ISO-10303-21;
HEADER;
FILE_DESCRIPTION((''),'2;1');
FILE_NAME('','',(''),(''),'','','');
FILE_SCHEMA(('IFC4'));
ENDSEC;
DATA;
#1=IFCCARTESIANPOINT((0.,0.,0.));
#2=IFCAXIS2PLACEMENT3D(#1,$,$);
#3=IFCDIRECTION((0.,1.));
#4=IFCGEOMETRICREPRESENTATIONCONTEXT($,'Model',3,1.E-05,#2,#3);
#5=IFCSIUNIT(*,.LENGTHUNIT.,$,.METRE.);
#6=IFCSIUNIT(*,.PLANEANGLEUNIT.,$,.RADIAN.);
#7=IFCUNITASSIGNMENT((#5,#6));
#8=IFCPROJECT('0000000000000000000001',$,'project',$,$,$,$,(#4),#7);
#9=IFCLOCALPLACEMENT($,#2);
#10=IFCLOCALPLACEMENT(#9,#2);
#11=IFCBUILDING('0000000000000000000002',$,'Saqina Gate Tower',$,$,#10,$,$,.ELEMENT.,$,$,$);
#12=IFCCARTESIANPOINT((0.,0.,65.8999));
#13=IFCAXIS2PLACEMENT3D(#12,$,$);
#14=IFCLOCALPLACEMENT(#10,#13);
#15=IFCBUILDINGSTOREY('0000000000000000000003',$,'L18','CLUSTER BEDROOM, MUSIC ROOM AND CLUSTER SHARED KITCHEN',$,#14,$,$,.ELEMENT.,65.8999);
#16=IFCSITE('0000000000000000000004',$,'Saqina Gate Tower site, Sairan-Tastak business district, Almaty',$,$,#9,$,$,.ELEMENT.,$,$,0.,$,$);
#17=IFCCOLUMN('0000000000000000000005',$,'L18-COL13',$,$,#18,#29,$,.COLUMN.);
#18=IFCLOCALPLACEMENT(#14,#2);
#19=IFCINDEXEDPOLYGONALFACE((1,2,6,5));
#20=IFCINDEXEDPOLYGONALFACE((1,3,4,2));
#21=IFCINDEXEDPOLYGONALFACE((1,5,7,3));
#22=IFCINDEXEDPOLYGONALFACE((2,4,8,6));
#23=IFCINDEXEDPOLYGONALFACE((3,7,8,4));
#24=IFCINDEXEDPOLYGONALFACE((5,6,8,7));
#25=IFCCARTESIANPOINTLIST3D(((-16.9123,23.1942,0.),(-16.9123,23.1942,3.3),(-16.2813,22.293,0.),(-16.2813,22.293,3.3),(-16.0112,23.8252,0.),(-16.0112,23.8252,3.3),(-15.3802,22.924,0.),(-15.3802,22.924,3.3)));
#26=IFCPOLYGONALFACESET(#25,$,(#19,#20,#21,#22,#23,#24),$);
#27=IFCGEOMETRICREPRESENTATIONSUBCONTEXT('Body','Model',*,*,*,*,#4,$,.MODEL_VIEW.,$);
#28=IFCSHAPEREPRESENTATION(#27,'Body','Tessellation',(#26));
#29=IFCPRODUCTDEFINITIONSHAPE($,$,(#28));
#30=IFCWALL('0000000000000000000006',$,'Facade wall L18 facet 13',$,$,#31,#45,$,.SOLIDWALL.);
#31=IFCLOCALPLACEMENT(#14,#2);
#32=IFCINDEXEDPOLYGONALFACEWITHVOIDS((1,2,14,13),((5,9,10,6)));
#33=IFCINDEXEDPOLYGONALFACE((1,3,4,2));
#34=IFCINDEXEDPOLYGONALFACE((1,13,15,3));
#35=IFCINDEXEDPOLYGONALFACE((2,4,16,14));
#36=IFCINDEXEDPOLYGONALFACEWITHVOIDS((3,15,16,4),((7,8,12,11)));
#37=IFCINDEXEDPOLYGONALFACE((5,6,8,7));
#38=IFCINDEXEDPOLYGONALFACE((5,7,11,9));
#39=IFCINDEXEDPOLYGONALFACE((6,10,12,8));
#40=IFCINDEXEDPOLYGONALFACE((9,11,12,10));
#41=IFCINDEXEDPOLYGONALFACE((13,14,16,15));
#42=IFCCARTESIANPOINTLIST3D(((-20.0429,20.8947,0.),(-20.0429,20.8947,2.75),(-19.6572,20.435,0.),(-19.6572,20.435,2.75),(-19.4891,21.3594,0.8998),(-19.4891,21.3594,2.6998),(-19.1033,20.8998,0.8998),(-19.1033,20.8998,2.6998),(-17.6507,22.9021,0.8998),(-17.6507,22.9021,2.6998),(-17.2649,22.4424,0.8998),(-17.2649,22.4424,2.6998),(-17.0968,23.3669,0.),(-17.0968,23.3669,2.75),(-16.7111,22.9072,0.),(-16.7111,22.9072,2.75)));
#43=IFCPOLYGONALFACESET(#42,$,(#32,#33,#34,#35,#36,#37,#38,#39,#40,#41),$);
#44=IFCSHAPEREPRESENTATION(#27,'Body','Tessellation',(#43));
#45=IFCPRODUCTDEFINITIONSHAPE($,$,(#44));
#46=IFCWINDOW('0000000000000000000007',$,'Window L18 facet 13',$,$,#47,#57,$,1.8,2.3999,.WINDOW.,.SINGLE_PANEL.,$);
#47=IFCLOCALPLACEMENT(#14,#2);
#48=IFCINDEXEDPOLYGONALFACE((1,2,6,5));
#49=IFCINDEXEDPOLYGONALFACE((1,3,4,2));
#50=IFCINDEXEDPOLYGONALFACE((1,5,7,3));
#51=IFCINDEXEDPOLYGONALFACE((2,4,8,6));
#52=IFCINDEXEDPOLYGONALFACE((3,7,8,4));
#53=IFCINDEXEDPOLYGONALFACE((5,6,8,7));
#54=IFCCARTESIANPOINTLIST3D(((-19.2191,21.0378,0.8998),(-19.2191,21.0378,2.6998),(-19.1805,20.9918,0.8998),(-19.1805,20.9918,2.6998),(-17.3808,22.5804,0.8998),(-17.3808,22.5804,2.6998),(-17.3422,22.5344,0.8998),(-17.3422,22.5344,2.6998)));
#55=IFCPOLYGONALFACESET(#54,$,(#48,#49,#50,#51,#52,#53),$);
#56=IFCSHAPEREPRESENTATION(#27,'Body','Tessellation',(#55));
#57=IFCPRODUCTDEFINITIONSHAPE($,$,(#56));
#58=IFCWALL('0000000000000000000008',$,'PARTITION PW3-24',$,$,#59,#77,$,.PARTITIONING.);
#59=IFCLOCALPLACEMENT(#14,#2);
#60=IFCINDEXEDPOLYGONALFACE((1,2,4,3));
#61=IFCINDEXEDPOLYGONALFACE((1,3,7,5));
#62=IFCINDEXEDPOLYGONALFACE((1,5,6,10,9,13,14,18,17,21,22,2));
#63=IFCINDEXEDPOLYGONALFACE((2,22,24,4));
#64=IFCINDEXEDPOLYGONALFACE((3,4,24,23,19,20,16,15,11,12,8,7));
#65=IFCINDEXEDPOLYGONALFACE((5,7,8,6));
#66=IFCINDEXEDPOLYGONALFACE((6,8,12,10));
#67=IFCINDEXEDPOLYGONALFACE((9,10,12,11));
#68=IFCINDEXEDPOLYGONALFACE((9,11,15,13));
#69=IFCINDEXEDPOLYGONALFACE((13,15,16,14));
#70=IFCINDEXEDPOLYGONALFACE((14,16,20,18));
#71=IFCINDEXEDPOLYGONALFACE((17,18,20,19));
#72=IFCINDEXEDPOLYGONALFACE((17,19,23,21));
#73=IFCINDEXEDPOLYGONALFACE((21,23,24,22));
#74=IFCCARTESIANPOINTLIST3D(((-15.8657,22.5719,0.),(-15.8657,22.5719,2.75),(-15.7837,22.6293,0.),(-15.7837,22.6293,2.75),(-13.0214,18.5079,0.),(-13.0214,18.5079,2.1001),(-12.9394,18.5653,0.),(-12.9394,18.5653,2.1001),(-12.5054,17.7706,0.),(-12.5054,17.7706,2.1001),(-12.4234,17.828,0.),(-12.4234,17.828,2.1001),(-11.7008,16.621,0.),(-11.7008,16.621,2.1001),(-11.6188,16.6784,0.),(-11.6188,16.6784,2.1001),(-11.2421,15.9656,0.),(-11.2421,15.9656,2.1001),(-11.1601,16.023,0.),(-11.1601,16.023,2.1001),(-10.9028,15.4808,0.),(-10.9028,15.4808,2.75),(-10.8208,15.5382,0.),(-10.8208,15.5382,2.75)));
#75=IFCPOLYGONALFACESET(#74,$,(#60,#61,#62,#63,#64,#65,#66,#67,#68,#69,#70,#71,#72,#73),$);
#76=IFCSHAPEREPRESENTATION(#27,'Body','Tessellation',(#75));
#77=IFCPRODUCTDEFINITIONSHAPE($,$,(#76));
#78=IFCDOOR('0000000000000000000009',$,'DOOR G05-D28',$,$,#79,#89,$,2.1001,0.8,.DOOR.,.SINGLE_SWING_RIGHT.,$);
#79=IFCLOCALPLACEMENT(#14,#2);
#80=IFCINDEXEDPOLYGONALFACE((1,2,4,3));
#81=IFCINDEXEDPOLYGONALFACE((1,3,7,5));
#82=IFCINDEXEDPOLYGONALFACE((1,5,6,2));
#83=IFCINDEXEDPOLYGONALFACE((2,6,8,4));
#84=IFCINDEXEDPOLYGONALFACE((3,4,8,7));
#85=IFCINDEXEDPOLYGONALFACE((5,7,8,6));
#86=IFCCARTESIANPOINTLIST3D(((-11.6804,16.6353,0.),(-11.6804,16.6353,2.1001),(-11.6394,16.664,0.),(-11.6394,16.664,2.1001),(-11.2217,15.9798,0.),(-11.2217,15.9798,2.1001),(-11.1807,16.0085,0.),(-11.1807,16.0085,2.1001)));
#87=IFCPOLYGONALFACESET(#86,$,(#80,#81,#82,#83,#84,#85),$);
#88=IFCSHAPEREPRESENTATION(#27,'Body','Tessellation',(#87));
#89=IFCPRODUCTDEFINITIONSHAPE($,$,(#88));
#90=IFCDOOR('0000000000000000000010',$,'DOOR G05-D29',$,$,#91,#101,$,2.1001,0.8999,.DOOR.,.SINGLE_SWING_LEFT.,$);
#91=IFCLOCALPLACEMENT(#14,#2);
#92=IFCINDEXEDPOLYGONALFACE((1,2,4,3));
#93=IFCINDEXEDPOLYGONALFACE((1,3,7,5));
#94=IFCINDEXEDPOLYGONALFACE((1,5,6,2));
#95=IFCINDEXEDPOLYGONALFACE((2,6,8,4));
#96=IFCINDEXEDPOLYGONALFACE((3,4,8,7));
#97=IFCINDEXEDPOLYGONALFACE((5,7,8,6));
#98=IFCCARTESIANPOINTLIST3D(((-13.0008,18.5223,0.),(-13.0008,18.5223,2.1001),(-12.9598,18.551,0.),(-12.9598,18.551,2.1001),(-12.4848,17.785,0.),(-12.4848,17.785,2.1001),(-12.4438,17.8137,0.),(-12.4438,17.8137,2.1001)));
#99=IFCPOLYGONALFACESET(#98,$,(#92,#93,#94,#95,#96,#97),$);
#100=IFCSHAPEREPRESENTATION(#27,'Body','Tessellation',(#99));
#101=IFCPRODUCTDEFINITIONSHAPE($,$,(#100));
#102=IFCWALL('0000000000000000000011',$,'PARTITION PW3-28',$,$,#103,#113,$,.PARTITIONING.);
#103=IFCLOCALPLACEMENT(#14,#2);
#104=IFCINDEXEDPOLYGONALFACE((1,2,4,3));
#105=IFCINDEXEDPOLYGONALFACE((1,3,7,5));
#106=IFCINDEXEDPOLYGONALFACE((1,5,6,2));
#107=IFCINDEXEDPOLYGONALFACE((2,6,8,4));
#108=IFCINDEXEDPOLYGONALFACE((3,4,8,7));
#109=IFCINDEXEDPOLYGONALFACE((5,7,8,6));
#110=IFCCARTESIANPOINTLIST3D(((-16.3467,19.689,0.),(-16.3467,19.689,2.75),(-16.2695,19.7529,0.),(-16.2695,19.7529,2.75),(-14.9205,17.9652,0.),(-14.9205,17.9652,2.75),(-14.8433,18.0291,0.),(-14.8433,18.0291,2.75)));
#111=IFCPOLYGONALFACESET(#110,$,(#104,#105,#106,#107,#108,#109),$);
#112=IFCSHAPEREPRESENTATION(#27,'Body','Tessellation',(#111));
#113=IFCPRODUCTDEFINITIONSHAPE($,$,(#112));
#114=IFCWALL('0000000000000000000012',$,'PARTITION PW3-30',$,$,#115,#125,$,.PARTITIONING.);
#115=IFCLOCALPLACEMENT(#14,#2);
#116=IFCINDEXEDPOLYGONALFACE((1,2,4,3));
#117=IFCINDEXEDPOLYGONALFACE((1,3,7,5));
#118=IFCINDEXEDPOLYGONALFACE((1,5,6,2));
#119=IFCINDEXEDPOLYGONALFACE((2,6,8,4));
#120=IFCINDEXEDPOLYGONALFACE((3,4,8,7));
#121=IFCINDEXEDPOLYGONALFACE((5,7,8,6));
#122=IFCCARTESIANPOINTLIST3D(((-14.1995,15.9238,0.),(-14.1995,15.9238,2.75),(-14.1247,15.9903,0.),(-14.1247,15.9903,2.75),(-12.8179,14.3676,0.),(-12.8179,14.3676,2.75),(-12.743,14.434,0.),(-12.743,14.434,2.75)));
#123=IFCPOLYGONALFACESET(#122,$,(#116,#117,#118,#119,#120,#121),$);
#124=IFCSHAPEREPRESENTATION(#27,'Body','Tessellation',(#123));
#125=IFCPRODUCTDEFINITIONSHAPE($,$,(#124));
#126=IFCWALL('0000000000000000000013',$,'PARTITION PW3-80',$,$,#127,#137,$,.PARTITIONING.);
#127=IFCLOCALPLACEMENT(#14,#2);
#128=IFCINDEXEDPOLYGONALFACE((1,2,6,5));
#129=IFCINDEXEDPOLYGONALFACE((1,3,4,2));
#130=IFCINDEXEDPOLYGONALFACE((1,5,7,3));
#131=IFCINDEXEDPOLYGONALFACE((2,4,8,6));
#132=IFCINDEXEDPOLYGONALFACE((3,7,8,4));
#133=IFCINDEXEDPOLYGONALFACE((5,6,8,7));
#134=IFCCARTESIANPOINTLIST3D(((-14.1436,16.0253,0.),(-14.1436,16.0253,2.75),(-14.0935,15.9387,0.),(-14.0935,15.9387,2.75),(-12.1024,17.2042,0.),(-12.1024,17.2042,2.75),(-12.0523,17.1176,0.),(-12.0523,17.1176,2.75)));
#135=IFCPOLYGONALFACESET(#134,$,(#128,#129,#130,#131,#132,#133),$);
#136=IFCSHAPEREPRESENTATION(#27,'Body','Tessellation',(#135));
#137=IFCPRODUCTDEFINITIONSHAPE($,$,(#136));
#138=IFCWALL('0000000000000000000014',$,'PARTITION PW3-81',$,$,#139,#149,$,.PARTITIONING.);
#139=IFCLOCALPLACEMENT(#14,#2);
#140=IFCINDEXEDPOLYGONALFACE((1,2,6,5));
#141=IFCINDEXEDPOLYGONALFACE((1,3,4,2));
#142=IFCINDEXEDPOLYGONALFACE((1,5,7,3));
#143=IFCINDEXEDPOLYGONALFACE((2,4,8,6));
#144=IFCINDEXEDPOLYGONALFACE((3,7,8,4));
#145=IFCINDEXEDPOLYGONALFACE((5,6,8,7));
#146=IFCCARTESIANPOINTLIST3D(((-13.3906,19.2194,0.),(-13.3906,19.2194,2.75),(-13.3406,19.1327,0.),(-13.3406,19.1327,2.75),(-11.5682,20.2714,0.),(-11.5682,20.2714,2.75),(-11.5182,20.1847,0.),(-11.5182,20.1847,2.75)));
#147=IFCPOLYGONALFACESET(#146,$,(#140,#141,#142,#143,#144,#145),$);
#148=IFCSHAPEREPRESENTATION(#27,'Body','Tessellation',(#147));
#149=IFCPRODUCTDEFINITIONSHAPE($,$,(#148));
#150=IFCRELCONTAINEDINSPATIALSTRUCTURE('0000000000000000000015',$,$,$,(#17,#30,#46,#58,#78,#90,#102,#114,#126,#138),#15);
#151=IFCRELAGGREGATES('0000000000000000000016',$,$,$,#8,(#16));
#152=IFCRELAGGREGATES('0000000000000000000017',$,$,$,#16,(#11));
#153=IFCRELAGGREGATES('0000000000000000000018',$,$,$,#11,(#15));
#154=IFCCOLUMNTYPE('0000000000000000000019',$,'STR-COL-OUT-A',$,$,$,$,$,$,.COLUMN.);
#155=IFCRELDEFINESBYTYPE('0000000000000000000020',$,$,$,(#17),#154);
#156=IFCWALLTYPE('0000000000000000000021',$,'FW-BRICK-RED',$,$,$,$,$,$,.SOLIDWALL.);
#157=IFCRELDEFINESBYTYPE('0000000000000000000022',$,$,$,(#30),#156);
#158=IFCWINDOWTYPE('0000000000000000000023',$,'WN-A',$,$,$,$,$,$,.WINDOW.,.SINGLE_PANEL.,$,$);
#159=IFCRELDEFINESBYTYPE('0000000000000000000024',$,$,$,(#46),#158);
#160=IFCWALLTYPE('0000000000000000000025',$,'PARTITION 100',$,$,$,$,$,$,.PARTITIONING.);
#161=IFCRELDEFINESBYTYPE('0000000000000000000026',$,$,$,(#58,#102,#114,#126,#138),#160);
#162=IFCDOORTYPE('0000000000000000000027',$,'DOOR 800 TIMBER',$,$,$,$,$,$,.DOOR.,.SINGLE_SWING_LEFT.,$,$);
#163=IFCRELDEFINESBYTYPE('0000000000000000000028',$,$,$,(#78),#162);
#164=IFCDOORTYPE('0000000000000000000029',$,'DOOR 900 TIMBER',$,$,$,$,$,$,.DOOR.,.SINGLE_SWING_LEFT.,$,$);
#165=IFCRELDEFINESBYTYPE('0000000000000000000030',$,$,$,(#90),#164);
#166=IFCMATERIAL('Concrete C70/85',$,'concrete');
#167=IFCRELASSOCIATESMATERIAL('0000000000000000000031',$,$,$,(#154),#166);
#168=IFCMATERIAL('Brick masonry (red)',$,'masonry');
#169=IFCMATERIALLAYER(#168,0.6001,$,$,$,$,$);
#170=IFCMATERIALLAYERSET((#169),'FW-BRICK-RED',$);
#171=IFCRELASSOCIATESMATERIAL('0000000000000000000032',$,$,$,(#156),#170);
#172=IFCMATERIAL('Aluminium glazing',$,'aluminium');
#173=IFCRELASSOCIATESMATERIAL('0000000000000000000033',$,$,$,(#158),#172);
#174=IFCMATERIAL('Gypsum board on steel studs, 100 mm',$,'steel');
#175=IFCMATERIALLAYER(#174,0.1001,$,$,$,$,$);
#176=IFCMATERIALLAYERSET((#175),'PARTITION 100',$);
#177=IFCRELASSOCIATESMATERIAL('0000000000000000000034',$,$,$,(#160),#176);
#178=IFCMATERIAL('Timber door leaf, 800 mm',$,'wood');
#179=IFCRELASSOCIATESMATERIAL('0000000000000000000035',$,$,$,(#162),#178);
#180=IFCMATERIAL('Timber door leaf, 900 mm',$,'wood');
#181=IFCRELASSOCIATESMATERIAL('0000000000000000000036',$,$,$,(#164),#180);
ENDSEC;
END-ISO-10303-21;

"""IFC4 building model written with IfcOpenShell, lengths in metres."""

from ifc_helpers import new_model, si_unit, direction, frame, frame_2d, origin, origin_2d, place, context, subcontext, project, spatial, rectangle, extrude, material, layer, layer_set, material_profile, profile_set, type_object, element, fill, save


model = new_model("IFC4")

# Units and contexts
model_context = context("Model", 3, precision=1e-05, world=origin(), true_north=direction((0.0, 1.0)))
body_context = subcontext(model_context, "Body", "Model", "MODEL_VIEW")
ifc_project = project(units=[si_unit("LENGTHUNIT", "METRE"), si_unit("PLANEANGLEUNIT", "RADIAN")], contexts=[model_context])

# Site, building, storey
site_placement = place(None, origin())
site = spatial("IfcSite", under=ifc_project, at=site_placement, Name="Saqina Gate Tower site, Sairan-Tastak business district, Almaty", CompositionType="ELEMENT", RefElevation=0.0)
building_placement = place(site_placement, origin())
building = spatial("IfcBuilding", under=site, at=building_placement, Name="Saqina Gate Tower", CompositionType="ELEMENT")
storey_placement = place(building_placement, frame((0.0, 0.0, 65.8999)))
storey = spatial("IfcBuildingStorey", under=building, at=storey_placement, Name="L18", Description="CLUSTER BEDROOM, MUSIC ROOM AND CLUSTER SHARED KITCHEN", CompositionType="ELEMENT", Elevation=65.8999)

# Column
ifc_material_1 = material(Name="Concrete C70/85", Category="concrete")
ifc_material_profile = material_profile(ifc_material_1, rectangle(XDim=1.1001, YDim=1.1001, at=origin_2d()), Name="RC 1100x1100")
ifc_profile_set = profile_set([ifc_material_profile], Name="Concrete C70/85")
column_type = type_object("IfcColumnType", Name="STR-COL-OUT-A", PredefinedType="COLUMN", material=ifc_profile_set)
column_placement = place(storey_placement, frame((-16.1462, 23.0591, 0.0), z_axis=(0.0, 0.0, 1.0), x_axis=(-0.573576, 0.819152, 0.0)))
element("IfcColumn", 1, at=column_placement, inside=storey, type_object=column_type, Name="L18-COL13", PredefinedType="COLUMN", context=body_context, shape_type="SweptSolid", body=[
    extrude(rectangle(XDim=1.1001, YDim=1.1001, at=origin_2d()), origin(), (0.0, 0.0, 1.0), 3.3),
])

# Wall, opening, window
ifc_material_2 = material(Name="Brick masonry (red)", Category="masonry")
ifc_layer_1 = layer(ifc_material_2, 0.6001)
ifc_layer_set_1 = layer_set([ifc_layer_1], Name="FW-BRICK-RED")
wall_type_1 = type_object("IfcWallType", Name="FW-BRICK-RED", PredefinedType="SOLIDWALL", material=ifc_layer_set_1)
wall_1_placement = place(storey_placement, frame((-16.9041, 23.137, 0.0), z_axis=(0.0, 0.0, 1.0), x_axis=(-0.766026, -0.642809, 0.0)))
wall_1 = element("IfcWall", 2, at=wall_1_placement, inside=storey, type_object=wall_type_1, Name="Facade wall L18 facet 13", PredefinedType="SOLIDWALL", context=body_context, shape_type="SweptSolid", body=[
    extrude(rectangle(XDim=3.8459, YDim=0.6001, at=frame_2d((1.9229, 0.0))), origin(), (0.0, 0.0, 1.0), 2.75),
])
opening_1_placement = place(wall_1_placement, frame((0.7229, 0.0, 0.8999)))
opening_1 = element("IfcOpeningElement", 3, at=opening_1_placement, cuts=wall_1, PredefinedType="OPENING", context=body_context, shape_type="SweptSolid", body=[
    extrude(rectangle(XDim=2.3999, YDim=1.8, at=frame_2d((1.2, 0.8999))), frame((0.0, 0.312, 0.0), z_axis=(0.0, -1.0, 0.0), x_axis=(1.0, 0.0, 0.0)), (0.0, 0.0, 1.0), 0.624),
])
ifc_material_3 = material(Name="Aluminium glazing", Category="aluminium")
window_type = type_object("IfcWindowType", Name="WN-A", PartitioningType="SINGLE_PANEL", PredefinedType="WINDOW", material=ifc_material_3)
window_placement = place(opening_1_placement, origin())
window = element("IfcWindow", 4, at=window_placement, inside=storey, type_object=window_type, Name="Window L18 facet 13", OverallHeight=1.8, OverallWidth=2.3999, PartitioningType="SINGLE_PANEL", PredefinedType="WINDOW", context=body_context, shape_type="SweptSolid", body=[
    extrude(rectangle(XDim=2.3999, YDim=1.8, at=frame_2d((1.2, 0.8999))), frame((0.0, 0.1799, 0.0), z_axis=(0.0, -1.0, 0.0), x_axis=(1.0, 0.0, 0.0)), (0.0, 0.0, 1.0), 0.0601),
])
fill(opening_1, window)

# Wall, openings, doors
ifc_material_4 = material(Name="Gypsum board on steel studs, 100 mm", Category="steel")
ifc_layer_2 = layer(ifc_material_4, 0.1001)
ifc_layer_set_2 = layer_set([ifc_layer_2], Name="PARTITION 100")
wall_type_2 = type_object("IfcWallType", Name="PARTITION 100", PredefinedType="PARTITIONING", material=ifc_layer_set_2)
wall_2_placement = place(storey_placement, frame((-15.8247, 22.6006, 0.0), z_axis=(0.0, 0.0, 1.0), x_axis=(0.573396, -0.819278, 0.0)))
wall_2 = element("IfcWall", 5, at=wall_2_placement, inside=storey, type_object=wall_type_2, Name="PARTITION PW3-24", PredefinedType="PARTITIONING", context=body_context, shape_type="SweptSolid", body=[
    extrude(rectangle(XDim=8.6553, YDim=0.1001, at=frame_2d((4.3276, 0.0))), origin(), (0.0, 0.0, 1.0), 2.75),
])
opening_2_placement = place(wall_2_placement, frame((7.2637, 0.0, 0.0)))
opening_2 = element("IfcOpeningElement", 6, at=opening_2_placement, cuts=wall_2, PredefinedType="OPENING", context=body_context, shape_type="SweptSolid", body=[
    extrude(rectangle(XDim=0.8, YDim=2.1001, at=frame_2d((0.3999, 1.05))), frame((0.0, 0.062, 0.0), z_axis=(0.0, -1.0, 0.0), x_axis=(1.0, 0.0, 0.0)), (0.0, 0.0, 1.0), 0.124),
])
opening_3_placement = place(wall_2_placement, frame((4.9604, 0.0, 0.0)))
opening_3 = element("IfcOpeningElement", 7, at=opening_3_placement, cuts=wall_2, PredefinedType="OPENING", context=body_context, shape_type="SweptSolid", body=[
    extrude(rectangle(XDim=0.8999, YDim=2.1001, at=frame_2d((0.45, 1.05))), frame((0.0, 0.062, 0.0), z_axis=(0.0, -1.0, 0.0), x_axis=(1.0, 0.0, 0.0)), (0.0, 0.0, 1.0), 0.124),
])
ifc_material_5 = material(Name="Timber door leaf, 800 mm", Category="wood")
door_type_1 = type_object("IfcDoorType", Name="DOOR 800 TIMBER", OperationType="SINGLE_SWING_LEFT", PredefinedType="DOOR", material=ifc_material_5)
door_1_placement = place(opening_2_placement, origin())
door_1 = element("IfcDoor", 8, at=door_1_placement, inside=storey, type_object=door_type_1, Name="DOOR G05-D28", OperationType="SINGLE_SWING_RIGHT", OverallHeight=2.1001, OverallWidth=0.8, PredefinedType="DOOR", context=body_context, shape_type="SweptSolid", body=[
    extrude(rectangle(XDim=0.8, YDim=2.1001, at=frame_2d((0.3999, 1.05))), frame((0.0, 0.0249, 0.0), z_axis=(0.0, -1.0, 0.0), x_axis=(1.0, 0.0, 0.0)), (0.0, 0.0, 1.0), 0.05),
])
fill(opening_2, door_1)
ifc_material_6 = material(Name="Timber door leaf, 900 mm", Category="wood")
door_type_2 = type_object("IfcDoorType", Name="DOOR 900 TIMBER", OperationType="SINGLE_SWING_LEFT", PredefinedType="DOOR", material=ifc_material_6)
door_2_placement = place(opening_3_placement, frame((0.8999, 0.0, 0.0), z_axis=(0.0, 0.0, 1.0), x_axis=(-1.0, 0.0, 0.0)))
door_2 = element("IfcDoor", 9, at=door_2_placement, inside=storey, type_object=door_type_2, Name="DOOR G05-D29", OperationType="SINGLE_SWING_LEFT", OverallHeight=2.1001, OverallWidth=0.8999, PredefinedType="DOOR", context=body_context, shape_type="SweptSolid", body=[
    extrude(rectangle(XDim=0.8999, YDim=2.1001, at=frame_2d((0.45, 1.05))), frame((0.0, 0.0249, 0.0), z_axis=(0.0, -1.0, 0.0), x_axis=(1.0, 0.0, 0.0)), (0.0, 0.0, 1.0), 0.05),
])
fill(opening_3, door_2)

# Walls
wall_3_placement = place(storey_placement, frame((-16.3081, 19.7209, 0.0), z_axis=(0.0, 0.0, 1.0), x_axis=(0.637465, -0.770479, 0.0)))
element("IfcWall", 10, at=wall_3_placement, inside=storey, type_object=wall_type_2, Name="PARTITION PW3-28", PredefinedType="PARTITIONING", context=body_context, shape_type="SweptSolid", body=[
    extrude(rectangle(XDim=2.2373, YDim=0.1001, at=frame_2d((1.1187, 0.0))), origin(), (0.0, 0.0, 1.0), 2.75),
])
wall_4_placement = place(storey_placement, frame((-14.1621, 15.957, 0.0), z_axis=(0.0, 0.0, 1.0), x_axis=(0.66392, -0.747804, 0.0)))
element("IfcWall", 11, at=wall_4_placement, inside=storey, type_object=wall_type_2, Name="PARTITION PW3-30", PredefinedType="PARTITIONING", context=body_context, shape_type="SweptSolid", body=[
    extrude(rectangle(XDim=2.0811, YDim=0.1001, at=frame_2d((1.0405, 0.0))), origin(), (0.0, 0.0, 1.0), 2.75),
])
wall_5_placement = place(storey_placement, frame((-14.1187, 15.9819, 0.0), z_axis=(0.0, 0.0, 1.0), x_axis=(0.865946, 0.500138, 0.0)))
element("IfcWall", 12, at=wall_5_placement, inside=storey, type_object=wall_type_2, Name="PARTITION PW3-80", PredefinedType="PARTITIONING", context=body_context, shape_type="SweptSolid", body=[
    extrude(rectangle(XDim=2.3572, YDim=0.1001, at=frame_2d((1.1787, 0.0))), origin(), (0.0, 0.0, 1.0), 2.75),
])
wall_6_placement = place(storey_placement, frame((-13.3657, 19.176, 0.0), z_axis=(0.0, 0.0, 1.0), x_axis=(0.866072, 0.49992, 0.0)))
element("IfcWall", 13, at=wall_6_placement, inside=storey, type_object=wall_type_2, Name="PARTITION PW3-81", PredefinedType="PARTITIONING", context=body_context, shape_type="SweptSolid", body=[
    extrude(rectangle(XDim=2.1042, YDim=0.1001, at=frame_2d((1.0522, 0.0))), origin(), (0.0, 0.0, 1.0), 2.75),
])

save(model, "model.ifc")
